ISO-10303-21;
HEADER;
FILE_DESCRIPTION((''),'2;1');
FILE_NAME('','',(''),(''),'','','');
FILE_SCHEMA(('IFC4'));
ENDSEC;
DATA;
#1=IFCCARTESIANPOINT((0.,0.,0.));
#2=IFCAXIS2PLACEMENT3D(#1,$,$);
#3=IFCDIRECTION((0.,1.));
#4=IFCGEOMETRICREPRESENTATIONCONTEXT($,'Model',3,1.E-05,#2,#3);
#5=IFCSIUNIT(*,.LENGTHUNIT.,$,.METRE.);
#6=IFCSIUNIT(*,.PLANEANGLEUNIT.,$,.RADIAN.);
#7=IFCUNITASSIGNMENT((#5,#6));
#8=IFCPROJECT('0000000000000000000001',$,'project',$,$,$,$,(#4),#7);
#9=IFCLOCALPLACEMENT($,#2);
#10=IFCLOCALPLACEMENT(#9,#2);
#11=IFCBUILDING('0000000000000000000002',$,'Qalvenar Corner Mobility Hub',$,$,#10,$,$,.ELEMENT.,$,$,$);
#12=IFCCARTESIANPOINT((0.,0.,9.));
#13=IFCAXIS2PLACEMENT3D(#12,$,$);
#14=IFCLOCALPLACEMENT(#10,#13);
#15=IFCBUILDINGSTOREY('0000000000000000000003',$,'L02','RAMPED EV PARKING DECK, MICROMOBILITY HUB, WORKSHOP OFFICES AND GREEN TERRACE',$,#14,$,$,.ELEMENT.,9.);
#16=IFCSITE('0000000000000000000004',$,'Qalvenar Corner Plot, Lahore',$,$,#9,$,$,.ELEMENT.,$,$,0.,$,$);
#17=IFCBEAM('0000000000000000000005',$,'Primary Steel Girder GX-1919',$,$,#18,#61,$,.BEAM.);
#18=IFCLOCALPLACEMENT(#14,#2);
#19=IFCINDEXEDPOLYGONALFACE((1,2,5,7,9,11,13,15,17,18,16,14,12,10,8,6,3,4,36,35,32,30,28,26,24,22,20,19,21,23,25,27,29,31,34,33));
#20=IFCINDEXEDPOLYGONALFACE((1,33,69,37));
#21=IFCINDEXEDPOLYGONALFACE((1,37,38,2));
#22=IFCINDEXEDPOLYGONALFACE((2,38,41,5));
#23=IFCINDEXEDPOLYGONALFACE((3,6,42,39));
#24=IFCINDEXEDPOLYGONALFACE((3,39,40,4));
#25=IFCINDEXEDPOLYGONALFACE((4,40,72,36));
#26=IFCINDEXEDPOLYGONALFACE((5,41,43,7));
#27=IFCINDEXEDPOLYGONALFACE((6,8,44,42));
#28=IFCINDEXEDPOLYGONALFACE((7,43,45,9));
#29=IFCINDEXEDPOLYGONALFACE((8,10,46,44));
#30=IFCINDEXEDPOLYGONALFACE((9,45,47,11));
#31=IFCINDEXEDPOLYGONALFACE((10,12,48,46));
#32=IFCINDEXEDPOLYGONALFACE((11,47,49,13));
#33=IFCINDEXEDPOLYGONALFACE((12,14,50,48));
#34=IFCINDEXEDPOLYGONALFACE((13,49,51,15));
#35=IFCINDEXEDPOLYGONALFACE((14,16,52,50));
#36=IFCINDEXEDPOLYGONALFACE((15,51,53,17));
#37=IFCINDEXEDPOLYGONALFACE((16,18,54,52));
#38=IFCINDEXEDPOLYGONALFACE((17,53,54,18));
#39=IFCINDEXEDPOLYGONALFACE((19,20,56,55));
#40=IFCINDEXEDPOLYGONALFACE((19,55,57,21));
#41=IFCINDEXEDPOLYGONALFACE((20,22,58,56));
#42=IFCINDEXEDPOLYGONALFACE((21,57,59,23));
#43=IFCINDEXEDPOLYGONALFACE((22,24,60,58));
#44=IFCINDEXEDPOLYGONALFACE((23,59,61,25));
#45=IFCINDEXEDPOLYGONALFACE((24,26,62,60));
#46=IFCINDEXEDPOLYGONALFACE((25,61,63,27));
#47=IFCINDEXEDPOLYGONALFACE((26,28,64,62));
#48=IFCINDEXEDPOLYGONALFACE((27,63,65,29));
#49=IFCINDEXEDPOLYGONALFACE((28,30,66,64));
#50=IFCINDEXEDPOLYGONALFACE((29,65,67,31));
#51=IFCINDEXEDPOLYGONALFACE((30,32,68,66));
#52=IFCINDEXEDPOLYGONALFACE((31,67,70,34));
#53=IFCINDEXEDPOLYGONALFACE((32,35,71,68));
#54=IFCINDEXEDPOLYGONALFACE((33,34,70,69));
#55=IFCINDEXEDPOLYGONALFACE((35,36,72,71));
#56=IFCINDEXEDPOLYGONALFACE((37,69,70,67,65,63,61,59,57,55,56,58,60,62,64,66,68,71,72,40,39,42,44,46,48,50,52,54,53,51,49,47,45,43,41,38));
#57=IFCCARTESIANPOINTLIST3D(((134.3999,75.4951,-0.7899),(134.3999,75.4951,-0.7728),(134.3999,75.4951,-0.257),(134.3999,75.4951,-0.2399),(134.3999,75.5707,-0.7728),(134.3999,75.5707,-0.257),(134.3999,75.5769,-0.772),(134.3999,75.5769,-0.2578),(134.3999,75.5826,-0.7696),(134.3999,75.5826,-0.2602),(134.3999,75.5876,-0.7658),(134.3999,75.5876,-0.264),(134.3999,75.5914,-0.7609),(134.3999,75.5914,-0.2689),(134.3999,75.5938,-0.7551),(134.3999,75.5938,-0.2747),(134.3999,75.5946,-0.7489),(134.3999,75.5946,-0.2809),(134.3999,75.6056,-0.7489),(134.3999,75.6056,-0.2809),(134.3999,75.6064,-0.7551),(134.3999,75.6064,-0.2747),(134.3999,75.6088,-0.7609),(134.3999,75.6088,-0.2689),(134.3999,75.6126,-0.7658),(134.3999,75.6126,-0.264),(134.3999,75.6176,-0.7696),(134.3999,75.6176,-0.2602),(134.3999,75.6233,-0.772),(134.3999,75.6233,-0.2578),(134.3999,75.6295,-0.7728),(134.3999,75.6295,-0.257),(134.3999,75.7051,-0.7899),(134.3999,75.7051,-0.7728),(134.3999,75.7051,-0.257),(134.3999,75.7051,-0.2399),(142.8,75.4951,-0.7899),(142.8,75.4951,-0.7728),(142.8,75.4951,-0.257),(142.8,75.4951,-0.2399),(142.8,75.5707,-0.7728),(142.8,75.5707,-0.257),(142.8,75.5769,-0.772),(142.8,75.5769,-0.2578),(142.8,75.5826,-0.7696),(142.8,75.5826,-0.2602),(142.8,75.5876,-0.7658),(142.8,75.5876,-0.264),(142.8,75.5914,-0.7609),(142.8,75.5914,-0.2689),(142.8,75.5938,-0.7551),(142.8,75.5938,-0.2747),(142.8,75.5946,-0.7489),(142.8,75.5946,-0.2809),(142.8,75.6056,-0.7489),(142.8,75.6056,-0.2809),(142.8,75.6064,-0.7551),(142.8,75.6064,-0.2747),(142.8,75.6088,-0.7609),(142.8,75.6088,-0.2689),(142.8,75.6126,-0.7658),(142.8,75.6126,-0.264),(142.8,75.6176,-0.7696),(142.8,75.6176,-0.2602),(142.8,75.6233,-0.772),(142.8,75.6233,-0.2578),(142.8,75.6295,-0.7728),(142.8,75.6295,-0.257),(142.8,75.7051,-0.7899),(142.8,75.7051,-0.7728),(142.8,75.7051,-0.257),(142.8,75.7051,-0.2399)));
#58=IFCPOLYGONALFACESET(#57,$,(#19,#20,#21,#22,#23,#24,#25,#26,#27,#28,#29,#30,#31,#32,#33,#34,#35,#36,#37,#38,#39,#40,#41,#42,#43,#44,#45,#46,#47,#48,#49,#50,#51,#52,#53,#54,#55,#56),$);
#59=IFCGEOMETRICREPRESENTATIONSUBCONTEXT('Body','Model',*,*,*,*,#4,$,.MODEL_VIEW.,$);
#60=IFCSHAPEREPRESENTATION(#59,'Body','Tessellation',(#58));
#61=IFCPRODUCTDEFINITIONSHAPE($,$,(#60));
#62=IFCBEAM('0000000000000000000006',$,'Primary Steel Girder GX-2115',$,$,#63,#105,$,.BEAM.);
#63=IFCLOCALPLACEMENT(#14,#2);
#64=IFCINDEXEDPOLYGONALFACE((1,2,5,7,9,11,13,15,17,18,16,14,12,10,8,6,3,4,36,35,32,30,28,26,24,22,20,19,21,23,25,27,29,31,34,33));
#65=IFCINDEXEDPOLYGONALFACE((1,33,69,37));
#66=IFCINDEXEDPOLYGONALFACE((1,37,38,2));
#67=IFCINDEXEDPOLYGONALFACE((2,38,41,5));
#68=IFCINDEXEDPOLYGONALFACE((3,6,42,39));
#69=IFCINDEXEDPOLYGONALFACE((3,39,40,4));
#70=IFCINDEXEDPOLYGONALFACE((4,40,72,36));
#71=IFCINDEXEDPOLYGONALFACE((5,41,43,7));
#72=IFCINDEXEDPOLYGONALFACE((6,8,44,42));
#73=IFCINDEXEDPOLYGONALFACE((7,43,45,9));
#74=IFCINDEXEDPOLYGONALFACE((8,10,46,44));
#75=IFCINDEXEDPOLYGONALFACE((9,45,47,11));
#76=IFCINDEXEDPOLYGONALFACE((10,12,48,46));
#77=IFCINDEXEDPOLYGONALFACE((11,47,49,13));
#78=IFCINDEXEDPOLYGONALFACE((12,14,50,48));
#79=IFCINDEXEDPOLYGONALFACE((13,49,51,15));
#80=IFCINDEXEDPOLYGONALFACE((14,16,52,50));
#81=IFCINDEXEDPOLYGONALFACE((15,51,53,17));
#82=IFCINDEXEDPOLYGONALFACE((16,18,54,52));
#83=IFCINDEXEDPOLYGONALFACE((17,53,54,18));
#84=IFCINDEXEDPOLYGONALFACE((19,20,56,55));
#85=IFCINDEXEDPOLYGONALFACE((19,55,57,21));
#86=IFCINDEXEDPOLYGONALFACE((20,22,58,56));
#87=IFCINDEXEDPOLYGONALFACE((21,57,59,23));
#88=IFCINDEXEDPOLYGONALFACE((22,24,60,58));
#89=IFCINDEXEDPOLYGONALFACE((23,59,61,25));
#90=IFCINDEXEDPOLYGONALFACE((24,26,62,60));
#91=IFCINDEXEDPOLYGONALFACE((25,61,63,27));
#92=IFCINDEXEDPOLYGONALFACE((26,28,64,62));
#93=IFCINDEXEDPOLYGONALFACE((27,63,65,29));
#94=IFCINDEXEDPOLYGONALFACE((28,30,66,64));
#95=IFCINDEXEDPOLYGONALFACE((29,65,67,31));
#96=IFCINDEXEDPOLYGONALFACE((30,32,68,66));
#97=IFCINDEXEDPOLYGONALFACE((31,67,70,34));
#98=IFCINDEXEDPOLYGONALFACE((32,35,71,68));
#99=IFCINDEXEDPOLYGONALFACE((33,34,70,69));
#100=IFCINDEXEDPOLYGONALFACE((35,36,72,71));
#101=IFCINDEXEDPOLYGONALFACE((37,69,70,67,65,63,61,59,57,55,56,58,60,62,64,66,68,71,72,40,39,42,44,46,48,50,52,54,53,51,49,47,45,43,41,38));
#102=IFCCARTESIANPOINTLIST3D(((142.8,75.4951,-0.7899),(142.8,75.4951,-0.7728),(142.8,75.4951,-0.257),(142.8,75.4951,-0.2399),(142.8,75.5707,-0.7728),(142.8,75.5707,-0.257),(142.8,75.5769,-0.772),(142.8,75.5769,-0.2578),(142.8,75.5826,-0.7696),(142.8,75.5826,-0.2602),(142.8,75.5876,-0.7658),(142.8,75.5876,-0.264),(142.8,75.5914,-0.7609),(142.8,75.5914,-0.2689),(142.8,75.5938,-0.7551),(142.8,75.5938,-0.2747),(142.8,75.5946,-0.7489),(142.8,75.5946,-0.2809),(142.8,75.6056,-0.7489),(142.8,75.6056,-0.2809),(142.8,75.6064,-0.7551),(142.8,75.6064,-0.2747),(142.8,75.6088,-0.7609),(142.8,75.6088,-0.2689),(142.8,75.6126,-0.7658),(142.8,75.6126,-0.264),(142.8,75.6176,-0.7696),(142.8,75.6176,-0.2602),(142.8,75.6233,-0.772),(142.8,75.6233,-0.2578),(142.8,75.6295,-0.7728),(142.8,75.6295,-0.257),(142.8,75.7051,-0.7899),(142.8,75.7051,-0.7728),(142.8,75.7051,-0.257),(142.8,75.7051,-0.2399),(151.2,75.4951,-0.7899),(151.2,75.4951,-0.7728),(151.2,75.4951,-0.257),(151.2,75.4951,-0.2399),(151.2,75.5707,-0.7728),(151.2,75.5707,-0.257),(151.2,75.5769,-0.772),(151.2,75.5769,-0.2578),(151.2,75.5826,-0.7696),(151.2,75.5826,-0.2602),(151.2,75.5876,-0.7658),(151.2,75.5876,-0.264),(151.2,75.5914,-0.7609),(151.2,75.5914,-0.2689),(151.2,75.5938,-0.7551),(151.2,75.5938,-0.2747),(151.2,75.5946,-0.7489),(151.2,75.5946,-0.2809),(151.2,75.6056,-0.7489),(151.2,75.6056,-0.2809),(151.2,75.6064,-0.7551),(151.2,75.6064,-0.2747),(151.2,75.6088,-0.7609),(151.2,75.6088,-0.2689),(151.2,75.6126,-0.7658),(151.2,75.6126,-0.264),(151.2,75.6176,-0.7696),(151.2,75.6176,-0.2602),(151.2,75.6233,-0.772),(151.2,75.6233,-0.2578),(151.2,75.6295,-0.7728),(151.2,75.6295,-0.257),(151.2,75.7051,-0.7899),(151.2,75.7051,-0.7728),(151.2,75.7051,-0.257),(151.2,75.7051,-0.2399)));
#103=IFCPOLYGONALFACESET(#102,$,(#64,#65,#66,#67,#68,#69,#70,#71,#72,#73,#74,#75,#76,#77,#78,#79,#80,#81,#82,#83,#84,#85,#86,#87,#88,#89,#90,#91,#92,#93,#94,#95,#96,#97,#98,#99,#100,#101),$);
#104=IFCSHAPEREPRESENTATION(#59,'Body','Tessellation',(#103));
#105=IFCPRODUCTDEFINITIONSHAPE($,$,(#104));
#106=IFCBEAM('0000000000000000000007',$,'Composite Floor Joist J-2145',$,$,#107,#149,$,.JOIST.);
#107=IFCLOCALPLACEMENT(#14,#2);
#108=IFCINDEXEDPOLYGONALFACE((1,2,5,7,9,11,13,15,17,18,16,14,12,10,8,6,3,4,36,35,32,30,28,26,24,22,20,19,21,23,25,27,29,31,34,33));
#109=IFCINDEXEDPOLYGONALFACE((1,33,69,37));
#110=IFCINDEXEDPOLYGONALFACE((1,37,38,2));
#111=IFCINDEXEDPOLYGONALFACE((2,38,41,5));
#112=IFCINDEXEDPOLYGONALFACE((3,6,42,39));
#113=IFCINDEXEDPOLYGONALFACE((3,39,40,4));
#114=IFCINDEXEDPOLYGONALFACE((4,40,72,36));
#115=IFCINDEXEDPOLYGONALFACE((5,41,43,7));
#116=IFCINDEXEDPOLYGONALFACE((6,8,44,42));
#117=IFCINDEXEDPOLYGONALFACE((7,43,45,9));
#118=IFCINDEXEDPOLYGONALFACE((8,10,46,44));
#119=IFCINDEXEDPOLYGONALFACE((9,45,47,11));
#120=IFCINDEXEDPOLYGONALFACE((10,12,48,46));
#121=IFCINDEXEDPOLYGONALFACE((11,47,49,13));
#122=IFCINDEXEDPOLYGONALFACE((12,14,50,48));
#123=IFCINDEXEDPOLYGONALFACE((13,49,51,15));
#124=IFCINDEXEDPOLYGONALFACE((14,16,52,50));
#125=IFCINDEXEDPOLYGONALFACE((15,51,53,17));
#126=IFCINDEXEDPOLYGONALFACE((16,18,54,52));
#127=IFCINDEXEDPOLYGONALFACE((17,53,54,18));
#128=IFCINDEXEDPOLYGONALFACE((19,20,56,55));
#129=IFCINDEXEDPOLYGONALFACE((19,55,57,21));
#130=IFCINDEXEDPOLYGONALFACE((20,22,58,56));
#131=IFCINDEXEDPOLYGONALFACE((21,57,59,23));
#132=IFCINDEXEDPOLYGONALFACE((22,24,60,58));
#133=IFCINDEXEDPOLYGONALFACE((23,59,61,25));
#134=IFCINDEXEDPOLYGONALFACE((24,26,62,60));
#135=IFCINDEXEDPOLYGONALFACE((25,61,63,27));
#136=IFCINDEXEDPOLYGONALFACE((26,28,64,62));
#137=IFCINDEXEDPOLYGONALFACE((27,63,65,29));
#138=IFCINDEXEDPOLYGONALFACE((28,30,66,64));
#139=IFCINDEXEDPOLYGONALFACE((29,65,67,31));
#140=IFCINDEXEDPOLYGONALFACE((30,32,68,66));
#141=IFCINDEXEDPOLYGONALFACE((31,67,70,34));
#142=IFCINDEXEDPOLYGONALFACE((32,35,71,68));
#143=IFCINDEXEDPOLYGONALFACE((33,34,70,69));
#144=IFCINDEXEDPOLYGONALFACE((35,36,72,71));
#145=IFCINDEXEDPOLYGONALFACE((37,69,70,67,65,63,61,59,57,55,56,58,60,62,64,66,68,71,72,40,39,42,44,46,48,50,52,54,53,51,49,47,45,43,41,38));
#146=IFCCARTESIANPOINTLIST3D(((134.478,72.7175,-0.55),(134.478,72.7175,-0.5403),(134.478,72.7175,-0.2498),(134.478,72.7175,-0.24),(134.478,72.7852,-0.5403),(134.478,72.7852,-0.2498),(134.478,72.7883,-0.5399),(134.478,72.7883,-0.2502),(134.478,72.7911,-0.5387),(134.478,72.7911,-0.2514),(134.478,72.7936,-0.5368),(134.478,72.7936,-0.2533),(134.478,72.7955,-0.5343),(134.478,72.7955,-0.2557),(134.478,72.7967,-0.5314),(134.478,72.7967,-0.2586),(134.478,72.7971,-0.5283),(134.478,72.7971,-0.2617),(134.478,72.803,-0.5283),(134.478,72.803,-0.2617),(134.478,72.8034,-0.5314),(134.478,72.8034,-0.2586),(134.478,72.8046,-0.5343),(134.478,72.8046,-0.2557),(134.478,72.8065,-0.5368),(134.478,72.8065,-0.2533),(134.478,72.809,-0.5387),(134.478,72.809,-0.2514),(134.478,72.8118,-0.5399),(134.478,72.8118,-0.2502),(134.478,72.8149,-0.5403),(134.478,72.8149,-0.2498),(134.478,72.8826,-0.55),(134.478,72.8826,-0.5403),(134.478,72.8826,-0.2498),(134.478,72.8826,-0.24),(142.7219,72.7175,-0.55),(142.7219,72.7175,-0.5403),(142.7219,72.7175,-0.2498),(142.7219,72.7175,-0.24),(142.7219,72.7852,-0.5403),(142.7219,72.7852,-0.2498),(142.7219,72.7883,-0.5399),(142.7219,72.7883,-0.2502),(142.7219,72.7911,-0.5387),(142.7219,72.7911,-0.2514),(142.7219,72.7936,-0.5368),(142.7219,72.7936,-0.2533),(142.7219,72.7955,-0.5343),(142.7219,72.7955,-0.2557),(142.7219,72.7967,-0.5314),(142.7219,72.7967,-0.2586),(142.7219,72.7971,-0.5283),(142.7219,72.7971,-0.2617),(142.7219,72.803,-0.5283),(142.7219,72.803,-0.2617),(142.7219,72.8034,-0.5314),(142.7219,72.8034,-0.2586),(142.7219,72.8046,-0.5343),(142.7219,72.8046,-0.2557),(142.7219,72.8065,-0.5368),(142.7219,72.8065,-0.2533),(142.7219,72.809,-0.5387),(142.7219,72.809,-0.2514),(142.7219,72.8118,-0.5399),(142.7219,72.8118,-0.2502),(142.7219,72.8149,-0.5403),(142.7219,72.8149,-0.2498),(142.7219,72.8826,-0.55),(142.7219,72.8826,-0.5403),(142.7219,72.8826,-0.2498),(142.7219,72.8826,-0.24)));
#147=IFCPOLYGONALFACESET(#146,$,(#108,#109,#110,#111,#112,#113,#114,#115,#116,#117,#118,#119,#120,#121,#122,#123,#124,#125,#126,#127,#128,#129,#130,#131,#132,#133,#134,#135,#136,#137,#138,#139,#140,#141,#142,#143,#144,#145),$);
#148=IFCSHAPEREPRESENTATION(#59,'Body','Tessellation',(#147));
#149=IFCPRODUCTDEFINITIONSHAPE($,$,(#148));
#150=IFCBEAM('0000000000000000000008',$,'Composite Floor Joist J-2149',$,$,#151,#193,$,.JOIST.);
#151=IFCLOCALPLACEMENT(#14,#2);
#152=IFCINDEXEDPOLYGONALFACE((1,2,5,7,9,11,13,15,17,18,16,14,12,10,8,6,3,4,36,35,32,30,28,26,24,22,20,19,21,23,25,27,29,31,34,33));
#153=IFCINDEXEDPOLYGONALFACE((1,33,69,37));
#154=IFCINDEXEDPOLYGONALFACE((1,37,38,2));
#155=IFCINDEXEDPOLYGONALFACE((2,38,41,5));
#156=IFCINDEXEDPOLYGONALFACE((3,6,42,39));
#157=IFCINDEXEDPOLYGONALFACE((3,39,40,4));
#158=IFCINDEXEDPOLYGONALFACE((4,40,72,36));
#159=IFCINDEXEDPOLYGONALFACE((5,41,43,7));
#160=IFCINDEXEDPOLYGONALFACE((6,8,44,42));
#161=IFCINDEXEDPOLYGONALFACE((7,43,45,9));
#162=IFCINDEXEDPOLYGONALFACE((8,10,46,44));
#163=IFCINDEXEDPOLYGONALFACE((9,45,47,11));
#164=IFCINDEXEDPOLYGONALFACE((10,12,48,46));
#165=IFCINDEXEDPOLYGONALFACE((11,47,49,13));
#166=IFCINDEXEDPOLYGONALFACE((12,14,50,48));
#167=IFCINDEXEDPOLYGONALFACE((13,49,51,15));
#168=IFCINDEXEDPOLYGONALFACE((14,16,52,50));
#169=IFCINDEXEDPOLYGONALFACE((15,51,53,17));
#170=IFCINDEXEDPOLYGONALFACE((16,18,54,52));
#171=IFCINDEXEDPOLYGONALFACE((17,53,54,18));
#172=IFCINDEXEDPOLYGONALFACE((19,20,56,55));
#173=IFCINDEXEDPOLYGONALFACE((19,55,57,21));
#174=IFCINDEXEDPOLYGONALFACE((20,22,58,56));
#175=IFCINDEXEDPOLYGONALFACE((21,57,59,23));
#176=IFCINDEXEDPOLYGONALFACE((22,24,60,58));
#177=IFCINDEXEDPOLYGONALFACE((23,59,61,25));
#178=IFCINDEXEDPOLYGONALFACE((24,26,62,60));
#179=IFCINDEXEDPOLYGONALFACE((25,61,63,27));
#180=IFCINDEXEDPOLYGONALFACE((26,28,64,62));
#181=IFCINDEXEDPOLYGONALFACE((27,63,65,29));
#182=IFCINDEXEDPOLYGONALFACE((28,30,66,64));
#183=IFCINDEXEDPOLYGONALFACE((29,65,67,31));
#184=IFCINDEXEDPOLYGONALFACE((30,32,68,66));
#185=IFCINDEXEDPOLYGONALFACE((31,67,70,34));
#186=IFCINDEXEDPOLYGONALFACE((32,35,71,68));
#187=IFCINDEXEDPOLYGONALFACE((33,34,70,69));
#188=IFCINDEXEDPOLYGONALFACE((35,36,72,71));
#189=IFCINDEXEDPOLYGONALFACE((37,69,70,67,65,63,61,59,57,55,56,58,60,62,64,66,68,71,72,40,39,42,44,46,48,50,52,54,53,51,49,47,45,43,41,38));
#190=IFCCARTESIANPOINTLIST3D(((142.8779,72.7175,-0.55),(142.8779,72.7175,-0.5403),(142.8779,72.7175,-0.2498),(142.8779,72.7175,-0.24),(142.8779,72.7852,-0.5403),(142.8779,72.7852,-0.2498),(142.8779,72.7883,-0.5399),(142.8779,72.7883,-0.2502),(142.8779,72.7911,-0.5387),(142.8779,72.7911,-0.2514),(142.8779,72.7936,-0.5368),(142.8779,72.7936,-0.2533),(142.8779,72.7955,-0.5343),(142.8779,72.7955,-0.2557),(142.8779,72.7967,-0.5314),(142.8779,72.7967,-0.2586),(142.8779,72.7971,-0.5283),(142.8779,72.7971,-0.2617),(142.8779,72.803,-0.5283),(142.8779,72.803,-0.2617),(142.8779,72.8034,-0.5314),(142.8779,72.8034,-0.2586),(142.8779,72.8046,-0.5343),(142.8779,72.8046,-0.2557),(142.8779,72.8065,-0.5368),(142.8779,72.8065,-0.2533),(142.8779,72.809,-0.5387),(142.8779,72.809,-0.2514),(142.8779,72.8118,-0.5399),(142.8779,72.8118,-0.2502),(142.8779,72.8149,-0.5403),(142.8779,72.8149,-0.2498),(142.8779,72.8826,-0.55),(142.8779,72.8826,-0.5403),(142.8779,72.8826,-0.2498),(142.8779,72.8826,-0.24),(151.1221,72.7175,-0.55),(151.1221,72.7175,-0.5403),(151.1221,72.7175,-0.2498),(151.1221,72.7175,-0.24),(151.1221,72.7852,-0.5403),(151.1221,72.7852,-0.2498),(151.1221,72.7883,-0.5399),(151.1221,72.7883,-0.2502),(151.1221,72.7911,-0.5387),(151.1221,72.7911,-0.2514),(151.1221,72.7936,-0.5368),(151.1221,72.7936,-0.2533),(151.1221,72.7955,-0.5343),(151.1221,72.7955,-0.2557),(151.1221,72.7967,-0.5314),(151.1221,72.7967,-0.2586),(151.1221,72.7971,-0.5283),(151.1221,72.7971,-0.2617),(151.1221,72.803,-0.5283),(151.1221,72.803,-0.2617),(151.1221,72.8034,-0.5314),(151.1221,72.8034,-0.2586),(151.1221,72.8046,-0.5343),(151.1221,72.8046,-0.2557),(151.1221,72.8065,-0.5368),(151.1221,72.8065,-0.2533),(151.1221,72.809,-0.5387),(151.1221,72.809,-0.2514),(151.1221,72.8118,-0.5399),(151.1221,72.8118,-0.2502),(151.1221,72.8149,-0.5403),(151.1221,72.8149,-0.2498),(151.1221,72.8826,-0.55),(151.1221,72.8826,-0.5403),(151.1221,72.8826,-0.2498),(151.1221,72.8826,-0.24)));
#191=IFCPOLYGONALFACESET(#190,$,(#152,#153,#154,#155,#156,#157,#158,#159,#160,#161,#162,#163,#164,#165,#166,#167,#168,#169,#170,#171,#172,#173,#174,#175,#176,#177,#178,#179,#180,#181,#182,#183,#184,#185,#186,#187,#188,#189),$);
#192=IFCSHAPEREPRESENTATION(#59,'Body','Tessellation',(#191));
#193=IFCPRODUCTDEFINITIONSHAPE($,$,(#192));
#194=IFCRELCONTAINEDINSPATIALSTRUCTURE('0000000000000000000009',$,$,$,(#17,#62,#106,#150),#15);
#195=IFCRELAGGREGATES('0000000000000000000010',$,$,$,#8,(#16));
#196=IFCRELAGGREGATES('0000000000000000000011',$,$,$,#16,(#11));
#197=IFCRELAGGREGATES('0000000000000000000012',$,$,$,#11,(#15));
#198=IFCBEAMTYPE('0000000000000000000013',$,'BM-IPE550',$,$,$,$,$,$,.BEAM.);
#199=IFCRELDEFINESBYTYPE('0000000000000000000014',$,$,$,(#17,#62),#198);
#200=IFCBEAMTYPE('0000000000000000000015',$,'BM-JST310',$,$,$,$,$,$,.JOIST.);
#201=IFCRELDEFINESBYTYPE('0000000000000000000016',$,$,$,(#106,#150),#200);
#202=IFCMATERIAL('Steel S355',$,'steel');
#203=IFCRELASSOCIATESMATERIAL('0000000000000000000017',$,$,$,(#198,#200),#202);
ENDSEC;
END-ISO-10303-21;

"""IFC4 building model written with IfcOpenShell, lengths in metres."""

from ifc_helpers import new_model, si_unit, direction, frame, origin, origin_2d, place, context, subcontext, project, spatial, i_section, extrude, material, material_profile, profile_set, type_object, element, save


model = new_model("IFC4")

# Units and contexts
model_context = context("Model", 3, precision=1e-05, world=origin(), true_north=direction((0.0, 1.0)))
body_context = subcontext(model_context, "Body", "Model", "MODEL_VIEW")
ifc_project = project(units=[si_unit("LENGTHUNIT", "METRE"), si_unit("PLANEANGLEUNIT", "RADIAN")], contexts=[model_context])

# Site, building, storey
site_placement = place(None, origin())
site = spatial("IfcSite", under=ifc_project, at=site_placement, Name="Qalvenar Corner Plot, Lahore", CompositionType="ELEMENT", RefElevation=0.0)
building_placement = place(site_placement, origin())
building = spatial("IfcBuilding", under=site, at=building_placement, Name="Qalvenar Corner Mobility Hub", CompositionType="ELEMENT")
storey_placement = place(building_placement, frame((0.0, 0.0, 9.0)))
storey = spatial("IfcBuildingStorey", under=building, at=storey_placement, Name="L02", Description="RAMPED EV PARKING DECK, MICROMOBILITY HUB, WORKSHOP OFFICES AND GREEN TERRACE", CompositionType="ELEMENT", Elevation=9.0)

# Shared definitions
ifc_material_1 = material(Name="Steel S355", Category="steel")

# Beams
ifc_material_profile_1 = material_profile(ifc_material_1, i_section(OverallWidth=0.21, OverallDepth=0.55, WebThickness=0.011, FlangeThickness=0.0171, FilletRadius=0.0239, at=origin_2d()), Name="IPE550")
ifc_profile_set_1 = profile_set([ifc_material_profile_1], Name="Steel S355")
beam_type_1 = type_object("IfcBeamType", Name="BM-IPE550", PredefinedType="BEAM", material=ifc_profile_set_1)
beam_1_placement = place(storey_placement, frame((134.3999, 75.6001, -0.5149), z_axis=(1.0, 0.0, 0.0), x_axis=(0.0, 1.0, 0.0)))
element("IfcBeam", 1, at=beam_1_placement, inside=storey, type_object=beam_type_1, Name="Primary Steel Girder GX-1919", PredefinedType="BEAM", context=body_context, shape_type="SweptSolid", body=[
    extrude(i_section(OverallWidth=0.21, OverallDepth=0.55, WebThickness=0.011, FlangeThickness=0.0171, FilletRadius=0.0239, at=origin_2d()), origin(), (0.0, 0.0, 1.0), 8.4001),
])
beam_2_placement = place(storey_placement, frame((142.8, 75.6001, -0.5149), z_axis=(1.0, 0.0, 0.0), x_axis=(0.0, 1.0, 0.0)))
element("IfcBeam", 2, at=beam_2_placement, inside=storey, type_object=beam_type_1, Name="Primary Steel Girder GX-2115", PredefinedType="BEAM", context=body_context, shape_type="SweptSolid", body=[
    extrude(i_section(OverallWidth=0.21, OverallDepth=0.55, WebThickness=0.011, FlangeThickness=0.0171, FilletRadius=0.0239, at=origin_2d()), origin(), (0.0, 0.0, 1.0), 8.3999),
])
ifc_material_profile_2 = material_profile(ifc_material_1, i_section(OverallWidth=0.165, OverallDepth=0.3101, WebThickness=0.0059, FlangeThickness=0.0098, FilletRadius=0.012, at=origin_2d()), Name="W310x38.7")
ifc_profile_set_2 = profile_set([ifc_material_profile_2], Name="Steel S355")
beam_type_2 = type_object("IfcBeamType", Name="BM-JST310", PredefinedType="JOIST", material=ifc_profile_set_2)
beam_3_placement = place(storey_placement, frame((134.478, 72.8, -0.395), z_axis=(1.0, 0.0, 0.0), x_axis=(0.0, 1.0, 0.0)))
element("IfcBeam", 3, at=beam_3_placement, inside=storey, type_object=beam_type_2, Name="Composite Floor Joist J-2145", PredefinedType="JOIST", context=body_context, shape_type="SweptSolid", body=[
    extrude(i_section(OverallWidth=0.165, OverallDepth=0.3101, WebThickness=0.0059, FlangeThickness=0.0098, FilletRadius=0.012, at=origin_2d()), origin(), (0.0, 0.0, 1.0), 8.2439),
])
beam_4_placement = place(storey_placement, frame((142.8779, 72.8, -0.395), z_axis=(1.0, 0.0, 0.0), x_axis=(0.0, 1.0, 0.0)))
element("IfcBeam", 4, at=beam_4_placement, inside=storey, type_object=beam_type_2, Name="Composite Floor Joist J-2149", PredefinedType="JOIST", context=body_context, shape_type="SweptSolid", body=[
    extrude(i_section(OverallWidth=0.165, OverallDepth=0.3101, WebThickness=0.0059, FlangeThickness=0.0098, FilletRadius=0.012, at=origin_2d()), origin(), (0.0, 0.0, 1.0), 8.2441),
])

save(model, "model.ifc")
